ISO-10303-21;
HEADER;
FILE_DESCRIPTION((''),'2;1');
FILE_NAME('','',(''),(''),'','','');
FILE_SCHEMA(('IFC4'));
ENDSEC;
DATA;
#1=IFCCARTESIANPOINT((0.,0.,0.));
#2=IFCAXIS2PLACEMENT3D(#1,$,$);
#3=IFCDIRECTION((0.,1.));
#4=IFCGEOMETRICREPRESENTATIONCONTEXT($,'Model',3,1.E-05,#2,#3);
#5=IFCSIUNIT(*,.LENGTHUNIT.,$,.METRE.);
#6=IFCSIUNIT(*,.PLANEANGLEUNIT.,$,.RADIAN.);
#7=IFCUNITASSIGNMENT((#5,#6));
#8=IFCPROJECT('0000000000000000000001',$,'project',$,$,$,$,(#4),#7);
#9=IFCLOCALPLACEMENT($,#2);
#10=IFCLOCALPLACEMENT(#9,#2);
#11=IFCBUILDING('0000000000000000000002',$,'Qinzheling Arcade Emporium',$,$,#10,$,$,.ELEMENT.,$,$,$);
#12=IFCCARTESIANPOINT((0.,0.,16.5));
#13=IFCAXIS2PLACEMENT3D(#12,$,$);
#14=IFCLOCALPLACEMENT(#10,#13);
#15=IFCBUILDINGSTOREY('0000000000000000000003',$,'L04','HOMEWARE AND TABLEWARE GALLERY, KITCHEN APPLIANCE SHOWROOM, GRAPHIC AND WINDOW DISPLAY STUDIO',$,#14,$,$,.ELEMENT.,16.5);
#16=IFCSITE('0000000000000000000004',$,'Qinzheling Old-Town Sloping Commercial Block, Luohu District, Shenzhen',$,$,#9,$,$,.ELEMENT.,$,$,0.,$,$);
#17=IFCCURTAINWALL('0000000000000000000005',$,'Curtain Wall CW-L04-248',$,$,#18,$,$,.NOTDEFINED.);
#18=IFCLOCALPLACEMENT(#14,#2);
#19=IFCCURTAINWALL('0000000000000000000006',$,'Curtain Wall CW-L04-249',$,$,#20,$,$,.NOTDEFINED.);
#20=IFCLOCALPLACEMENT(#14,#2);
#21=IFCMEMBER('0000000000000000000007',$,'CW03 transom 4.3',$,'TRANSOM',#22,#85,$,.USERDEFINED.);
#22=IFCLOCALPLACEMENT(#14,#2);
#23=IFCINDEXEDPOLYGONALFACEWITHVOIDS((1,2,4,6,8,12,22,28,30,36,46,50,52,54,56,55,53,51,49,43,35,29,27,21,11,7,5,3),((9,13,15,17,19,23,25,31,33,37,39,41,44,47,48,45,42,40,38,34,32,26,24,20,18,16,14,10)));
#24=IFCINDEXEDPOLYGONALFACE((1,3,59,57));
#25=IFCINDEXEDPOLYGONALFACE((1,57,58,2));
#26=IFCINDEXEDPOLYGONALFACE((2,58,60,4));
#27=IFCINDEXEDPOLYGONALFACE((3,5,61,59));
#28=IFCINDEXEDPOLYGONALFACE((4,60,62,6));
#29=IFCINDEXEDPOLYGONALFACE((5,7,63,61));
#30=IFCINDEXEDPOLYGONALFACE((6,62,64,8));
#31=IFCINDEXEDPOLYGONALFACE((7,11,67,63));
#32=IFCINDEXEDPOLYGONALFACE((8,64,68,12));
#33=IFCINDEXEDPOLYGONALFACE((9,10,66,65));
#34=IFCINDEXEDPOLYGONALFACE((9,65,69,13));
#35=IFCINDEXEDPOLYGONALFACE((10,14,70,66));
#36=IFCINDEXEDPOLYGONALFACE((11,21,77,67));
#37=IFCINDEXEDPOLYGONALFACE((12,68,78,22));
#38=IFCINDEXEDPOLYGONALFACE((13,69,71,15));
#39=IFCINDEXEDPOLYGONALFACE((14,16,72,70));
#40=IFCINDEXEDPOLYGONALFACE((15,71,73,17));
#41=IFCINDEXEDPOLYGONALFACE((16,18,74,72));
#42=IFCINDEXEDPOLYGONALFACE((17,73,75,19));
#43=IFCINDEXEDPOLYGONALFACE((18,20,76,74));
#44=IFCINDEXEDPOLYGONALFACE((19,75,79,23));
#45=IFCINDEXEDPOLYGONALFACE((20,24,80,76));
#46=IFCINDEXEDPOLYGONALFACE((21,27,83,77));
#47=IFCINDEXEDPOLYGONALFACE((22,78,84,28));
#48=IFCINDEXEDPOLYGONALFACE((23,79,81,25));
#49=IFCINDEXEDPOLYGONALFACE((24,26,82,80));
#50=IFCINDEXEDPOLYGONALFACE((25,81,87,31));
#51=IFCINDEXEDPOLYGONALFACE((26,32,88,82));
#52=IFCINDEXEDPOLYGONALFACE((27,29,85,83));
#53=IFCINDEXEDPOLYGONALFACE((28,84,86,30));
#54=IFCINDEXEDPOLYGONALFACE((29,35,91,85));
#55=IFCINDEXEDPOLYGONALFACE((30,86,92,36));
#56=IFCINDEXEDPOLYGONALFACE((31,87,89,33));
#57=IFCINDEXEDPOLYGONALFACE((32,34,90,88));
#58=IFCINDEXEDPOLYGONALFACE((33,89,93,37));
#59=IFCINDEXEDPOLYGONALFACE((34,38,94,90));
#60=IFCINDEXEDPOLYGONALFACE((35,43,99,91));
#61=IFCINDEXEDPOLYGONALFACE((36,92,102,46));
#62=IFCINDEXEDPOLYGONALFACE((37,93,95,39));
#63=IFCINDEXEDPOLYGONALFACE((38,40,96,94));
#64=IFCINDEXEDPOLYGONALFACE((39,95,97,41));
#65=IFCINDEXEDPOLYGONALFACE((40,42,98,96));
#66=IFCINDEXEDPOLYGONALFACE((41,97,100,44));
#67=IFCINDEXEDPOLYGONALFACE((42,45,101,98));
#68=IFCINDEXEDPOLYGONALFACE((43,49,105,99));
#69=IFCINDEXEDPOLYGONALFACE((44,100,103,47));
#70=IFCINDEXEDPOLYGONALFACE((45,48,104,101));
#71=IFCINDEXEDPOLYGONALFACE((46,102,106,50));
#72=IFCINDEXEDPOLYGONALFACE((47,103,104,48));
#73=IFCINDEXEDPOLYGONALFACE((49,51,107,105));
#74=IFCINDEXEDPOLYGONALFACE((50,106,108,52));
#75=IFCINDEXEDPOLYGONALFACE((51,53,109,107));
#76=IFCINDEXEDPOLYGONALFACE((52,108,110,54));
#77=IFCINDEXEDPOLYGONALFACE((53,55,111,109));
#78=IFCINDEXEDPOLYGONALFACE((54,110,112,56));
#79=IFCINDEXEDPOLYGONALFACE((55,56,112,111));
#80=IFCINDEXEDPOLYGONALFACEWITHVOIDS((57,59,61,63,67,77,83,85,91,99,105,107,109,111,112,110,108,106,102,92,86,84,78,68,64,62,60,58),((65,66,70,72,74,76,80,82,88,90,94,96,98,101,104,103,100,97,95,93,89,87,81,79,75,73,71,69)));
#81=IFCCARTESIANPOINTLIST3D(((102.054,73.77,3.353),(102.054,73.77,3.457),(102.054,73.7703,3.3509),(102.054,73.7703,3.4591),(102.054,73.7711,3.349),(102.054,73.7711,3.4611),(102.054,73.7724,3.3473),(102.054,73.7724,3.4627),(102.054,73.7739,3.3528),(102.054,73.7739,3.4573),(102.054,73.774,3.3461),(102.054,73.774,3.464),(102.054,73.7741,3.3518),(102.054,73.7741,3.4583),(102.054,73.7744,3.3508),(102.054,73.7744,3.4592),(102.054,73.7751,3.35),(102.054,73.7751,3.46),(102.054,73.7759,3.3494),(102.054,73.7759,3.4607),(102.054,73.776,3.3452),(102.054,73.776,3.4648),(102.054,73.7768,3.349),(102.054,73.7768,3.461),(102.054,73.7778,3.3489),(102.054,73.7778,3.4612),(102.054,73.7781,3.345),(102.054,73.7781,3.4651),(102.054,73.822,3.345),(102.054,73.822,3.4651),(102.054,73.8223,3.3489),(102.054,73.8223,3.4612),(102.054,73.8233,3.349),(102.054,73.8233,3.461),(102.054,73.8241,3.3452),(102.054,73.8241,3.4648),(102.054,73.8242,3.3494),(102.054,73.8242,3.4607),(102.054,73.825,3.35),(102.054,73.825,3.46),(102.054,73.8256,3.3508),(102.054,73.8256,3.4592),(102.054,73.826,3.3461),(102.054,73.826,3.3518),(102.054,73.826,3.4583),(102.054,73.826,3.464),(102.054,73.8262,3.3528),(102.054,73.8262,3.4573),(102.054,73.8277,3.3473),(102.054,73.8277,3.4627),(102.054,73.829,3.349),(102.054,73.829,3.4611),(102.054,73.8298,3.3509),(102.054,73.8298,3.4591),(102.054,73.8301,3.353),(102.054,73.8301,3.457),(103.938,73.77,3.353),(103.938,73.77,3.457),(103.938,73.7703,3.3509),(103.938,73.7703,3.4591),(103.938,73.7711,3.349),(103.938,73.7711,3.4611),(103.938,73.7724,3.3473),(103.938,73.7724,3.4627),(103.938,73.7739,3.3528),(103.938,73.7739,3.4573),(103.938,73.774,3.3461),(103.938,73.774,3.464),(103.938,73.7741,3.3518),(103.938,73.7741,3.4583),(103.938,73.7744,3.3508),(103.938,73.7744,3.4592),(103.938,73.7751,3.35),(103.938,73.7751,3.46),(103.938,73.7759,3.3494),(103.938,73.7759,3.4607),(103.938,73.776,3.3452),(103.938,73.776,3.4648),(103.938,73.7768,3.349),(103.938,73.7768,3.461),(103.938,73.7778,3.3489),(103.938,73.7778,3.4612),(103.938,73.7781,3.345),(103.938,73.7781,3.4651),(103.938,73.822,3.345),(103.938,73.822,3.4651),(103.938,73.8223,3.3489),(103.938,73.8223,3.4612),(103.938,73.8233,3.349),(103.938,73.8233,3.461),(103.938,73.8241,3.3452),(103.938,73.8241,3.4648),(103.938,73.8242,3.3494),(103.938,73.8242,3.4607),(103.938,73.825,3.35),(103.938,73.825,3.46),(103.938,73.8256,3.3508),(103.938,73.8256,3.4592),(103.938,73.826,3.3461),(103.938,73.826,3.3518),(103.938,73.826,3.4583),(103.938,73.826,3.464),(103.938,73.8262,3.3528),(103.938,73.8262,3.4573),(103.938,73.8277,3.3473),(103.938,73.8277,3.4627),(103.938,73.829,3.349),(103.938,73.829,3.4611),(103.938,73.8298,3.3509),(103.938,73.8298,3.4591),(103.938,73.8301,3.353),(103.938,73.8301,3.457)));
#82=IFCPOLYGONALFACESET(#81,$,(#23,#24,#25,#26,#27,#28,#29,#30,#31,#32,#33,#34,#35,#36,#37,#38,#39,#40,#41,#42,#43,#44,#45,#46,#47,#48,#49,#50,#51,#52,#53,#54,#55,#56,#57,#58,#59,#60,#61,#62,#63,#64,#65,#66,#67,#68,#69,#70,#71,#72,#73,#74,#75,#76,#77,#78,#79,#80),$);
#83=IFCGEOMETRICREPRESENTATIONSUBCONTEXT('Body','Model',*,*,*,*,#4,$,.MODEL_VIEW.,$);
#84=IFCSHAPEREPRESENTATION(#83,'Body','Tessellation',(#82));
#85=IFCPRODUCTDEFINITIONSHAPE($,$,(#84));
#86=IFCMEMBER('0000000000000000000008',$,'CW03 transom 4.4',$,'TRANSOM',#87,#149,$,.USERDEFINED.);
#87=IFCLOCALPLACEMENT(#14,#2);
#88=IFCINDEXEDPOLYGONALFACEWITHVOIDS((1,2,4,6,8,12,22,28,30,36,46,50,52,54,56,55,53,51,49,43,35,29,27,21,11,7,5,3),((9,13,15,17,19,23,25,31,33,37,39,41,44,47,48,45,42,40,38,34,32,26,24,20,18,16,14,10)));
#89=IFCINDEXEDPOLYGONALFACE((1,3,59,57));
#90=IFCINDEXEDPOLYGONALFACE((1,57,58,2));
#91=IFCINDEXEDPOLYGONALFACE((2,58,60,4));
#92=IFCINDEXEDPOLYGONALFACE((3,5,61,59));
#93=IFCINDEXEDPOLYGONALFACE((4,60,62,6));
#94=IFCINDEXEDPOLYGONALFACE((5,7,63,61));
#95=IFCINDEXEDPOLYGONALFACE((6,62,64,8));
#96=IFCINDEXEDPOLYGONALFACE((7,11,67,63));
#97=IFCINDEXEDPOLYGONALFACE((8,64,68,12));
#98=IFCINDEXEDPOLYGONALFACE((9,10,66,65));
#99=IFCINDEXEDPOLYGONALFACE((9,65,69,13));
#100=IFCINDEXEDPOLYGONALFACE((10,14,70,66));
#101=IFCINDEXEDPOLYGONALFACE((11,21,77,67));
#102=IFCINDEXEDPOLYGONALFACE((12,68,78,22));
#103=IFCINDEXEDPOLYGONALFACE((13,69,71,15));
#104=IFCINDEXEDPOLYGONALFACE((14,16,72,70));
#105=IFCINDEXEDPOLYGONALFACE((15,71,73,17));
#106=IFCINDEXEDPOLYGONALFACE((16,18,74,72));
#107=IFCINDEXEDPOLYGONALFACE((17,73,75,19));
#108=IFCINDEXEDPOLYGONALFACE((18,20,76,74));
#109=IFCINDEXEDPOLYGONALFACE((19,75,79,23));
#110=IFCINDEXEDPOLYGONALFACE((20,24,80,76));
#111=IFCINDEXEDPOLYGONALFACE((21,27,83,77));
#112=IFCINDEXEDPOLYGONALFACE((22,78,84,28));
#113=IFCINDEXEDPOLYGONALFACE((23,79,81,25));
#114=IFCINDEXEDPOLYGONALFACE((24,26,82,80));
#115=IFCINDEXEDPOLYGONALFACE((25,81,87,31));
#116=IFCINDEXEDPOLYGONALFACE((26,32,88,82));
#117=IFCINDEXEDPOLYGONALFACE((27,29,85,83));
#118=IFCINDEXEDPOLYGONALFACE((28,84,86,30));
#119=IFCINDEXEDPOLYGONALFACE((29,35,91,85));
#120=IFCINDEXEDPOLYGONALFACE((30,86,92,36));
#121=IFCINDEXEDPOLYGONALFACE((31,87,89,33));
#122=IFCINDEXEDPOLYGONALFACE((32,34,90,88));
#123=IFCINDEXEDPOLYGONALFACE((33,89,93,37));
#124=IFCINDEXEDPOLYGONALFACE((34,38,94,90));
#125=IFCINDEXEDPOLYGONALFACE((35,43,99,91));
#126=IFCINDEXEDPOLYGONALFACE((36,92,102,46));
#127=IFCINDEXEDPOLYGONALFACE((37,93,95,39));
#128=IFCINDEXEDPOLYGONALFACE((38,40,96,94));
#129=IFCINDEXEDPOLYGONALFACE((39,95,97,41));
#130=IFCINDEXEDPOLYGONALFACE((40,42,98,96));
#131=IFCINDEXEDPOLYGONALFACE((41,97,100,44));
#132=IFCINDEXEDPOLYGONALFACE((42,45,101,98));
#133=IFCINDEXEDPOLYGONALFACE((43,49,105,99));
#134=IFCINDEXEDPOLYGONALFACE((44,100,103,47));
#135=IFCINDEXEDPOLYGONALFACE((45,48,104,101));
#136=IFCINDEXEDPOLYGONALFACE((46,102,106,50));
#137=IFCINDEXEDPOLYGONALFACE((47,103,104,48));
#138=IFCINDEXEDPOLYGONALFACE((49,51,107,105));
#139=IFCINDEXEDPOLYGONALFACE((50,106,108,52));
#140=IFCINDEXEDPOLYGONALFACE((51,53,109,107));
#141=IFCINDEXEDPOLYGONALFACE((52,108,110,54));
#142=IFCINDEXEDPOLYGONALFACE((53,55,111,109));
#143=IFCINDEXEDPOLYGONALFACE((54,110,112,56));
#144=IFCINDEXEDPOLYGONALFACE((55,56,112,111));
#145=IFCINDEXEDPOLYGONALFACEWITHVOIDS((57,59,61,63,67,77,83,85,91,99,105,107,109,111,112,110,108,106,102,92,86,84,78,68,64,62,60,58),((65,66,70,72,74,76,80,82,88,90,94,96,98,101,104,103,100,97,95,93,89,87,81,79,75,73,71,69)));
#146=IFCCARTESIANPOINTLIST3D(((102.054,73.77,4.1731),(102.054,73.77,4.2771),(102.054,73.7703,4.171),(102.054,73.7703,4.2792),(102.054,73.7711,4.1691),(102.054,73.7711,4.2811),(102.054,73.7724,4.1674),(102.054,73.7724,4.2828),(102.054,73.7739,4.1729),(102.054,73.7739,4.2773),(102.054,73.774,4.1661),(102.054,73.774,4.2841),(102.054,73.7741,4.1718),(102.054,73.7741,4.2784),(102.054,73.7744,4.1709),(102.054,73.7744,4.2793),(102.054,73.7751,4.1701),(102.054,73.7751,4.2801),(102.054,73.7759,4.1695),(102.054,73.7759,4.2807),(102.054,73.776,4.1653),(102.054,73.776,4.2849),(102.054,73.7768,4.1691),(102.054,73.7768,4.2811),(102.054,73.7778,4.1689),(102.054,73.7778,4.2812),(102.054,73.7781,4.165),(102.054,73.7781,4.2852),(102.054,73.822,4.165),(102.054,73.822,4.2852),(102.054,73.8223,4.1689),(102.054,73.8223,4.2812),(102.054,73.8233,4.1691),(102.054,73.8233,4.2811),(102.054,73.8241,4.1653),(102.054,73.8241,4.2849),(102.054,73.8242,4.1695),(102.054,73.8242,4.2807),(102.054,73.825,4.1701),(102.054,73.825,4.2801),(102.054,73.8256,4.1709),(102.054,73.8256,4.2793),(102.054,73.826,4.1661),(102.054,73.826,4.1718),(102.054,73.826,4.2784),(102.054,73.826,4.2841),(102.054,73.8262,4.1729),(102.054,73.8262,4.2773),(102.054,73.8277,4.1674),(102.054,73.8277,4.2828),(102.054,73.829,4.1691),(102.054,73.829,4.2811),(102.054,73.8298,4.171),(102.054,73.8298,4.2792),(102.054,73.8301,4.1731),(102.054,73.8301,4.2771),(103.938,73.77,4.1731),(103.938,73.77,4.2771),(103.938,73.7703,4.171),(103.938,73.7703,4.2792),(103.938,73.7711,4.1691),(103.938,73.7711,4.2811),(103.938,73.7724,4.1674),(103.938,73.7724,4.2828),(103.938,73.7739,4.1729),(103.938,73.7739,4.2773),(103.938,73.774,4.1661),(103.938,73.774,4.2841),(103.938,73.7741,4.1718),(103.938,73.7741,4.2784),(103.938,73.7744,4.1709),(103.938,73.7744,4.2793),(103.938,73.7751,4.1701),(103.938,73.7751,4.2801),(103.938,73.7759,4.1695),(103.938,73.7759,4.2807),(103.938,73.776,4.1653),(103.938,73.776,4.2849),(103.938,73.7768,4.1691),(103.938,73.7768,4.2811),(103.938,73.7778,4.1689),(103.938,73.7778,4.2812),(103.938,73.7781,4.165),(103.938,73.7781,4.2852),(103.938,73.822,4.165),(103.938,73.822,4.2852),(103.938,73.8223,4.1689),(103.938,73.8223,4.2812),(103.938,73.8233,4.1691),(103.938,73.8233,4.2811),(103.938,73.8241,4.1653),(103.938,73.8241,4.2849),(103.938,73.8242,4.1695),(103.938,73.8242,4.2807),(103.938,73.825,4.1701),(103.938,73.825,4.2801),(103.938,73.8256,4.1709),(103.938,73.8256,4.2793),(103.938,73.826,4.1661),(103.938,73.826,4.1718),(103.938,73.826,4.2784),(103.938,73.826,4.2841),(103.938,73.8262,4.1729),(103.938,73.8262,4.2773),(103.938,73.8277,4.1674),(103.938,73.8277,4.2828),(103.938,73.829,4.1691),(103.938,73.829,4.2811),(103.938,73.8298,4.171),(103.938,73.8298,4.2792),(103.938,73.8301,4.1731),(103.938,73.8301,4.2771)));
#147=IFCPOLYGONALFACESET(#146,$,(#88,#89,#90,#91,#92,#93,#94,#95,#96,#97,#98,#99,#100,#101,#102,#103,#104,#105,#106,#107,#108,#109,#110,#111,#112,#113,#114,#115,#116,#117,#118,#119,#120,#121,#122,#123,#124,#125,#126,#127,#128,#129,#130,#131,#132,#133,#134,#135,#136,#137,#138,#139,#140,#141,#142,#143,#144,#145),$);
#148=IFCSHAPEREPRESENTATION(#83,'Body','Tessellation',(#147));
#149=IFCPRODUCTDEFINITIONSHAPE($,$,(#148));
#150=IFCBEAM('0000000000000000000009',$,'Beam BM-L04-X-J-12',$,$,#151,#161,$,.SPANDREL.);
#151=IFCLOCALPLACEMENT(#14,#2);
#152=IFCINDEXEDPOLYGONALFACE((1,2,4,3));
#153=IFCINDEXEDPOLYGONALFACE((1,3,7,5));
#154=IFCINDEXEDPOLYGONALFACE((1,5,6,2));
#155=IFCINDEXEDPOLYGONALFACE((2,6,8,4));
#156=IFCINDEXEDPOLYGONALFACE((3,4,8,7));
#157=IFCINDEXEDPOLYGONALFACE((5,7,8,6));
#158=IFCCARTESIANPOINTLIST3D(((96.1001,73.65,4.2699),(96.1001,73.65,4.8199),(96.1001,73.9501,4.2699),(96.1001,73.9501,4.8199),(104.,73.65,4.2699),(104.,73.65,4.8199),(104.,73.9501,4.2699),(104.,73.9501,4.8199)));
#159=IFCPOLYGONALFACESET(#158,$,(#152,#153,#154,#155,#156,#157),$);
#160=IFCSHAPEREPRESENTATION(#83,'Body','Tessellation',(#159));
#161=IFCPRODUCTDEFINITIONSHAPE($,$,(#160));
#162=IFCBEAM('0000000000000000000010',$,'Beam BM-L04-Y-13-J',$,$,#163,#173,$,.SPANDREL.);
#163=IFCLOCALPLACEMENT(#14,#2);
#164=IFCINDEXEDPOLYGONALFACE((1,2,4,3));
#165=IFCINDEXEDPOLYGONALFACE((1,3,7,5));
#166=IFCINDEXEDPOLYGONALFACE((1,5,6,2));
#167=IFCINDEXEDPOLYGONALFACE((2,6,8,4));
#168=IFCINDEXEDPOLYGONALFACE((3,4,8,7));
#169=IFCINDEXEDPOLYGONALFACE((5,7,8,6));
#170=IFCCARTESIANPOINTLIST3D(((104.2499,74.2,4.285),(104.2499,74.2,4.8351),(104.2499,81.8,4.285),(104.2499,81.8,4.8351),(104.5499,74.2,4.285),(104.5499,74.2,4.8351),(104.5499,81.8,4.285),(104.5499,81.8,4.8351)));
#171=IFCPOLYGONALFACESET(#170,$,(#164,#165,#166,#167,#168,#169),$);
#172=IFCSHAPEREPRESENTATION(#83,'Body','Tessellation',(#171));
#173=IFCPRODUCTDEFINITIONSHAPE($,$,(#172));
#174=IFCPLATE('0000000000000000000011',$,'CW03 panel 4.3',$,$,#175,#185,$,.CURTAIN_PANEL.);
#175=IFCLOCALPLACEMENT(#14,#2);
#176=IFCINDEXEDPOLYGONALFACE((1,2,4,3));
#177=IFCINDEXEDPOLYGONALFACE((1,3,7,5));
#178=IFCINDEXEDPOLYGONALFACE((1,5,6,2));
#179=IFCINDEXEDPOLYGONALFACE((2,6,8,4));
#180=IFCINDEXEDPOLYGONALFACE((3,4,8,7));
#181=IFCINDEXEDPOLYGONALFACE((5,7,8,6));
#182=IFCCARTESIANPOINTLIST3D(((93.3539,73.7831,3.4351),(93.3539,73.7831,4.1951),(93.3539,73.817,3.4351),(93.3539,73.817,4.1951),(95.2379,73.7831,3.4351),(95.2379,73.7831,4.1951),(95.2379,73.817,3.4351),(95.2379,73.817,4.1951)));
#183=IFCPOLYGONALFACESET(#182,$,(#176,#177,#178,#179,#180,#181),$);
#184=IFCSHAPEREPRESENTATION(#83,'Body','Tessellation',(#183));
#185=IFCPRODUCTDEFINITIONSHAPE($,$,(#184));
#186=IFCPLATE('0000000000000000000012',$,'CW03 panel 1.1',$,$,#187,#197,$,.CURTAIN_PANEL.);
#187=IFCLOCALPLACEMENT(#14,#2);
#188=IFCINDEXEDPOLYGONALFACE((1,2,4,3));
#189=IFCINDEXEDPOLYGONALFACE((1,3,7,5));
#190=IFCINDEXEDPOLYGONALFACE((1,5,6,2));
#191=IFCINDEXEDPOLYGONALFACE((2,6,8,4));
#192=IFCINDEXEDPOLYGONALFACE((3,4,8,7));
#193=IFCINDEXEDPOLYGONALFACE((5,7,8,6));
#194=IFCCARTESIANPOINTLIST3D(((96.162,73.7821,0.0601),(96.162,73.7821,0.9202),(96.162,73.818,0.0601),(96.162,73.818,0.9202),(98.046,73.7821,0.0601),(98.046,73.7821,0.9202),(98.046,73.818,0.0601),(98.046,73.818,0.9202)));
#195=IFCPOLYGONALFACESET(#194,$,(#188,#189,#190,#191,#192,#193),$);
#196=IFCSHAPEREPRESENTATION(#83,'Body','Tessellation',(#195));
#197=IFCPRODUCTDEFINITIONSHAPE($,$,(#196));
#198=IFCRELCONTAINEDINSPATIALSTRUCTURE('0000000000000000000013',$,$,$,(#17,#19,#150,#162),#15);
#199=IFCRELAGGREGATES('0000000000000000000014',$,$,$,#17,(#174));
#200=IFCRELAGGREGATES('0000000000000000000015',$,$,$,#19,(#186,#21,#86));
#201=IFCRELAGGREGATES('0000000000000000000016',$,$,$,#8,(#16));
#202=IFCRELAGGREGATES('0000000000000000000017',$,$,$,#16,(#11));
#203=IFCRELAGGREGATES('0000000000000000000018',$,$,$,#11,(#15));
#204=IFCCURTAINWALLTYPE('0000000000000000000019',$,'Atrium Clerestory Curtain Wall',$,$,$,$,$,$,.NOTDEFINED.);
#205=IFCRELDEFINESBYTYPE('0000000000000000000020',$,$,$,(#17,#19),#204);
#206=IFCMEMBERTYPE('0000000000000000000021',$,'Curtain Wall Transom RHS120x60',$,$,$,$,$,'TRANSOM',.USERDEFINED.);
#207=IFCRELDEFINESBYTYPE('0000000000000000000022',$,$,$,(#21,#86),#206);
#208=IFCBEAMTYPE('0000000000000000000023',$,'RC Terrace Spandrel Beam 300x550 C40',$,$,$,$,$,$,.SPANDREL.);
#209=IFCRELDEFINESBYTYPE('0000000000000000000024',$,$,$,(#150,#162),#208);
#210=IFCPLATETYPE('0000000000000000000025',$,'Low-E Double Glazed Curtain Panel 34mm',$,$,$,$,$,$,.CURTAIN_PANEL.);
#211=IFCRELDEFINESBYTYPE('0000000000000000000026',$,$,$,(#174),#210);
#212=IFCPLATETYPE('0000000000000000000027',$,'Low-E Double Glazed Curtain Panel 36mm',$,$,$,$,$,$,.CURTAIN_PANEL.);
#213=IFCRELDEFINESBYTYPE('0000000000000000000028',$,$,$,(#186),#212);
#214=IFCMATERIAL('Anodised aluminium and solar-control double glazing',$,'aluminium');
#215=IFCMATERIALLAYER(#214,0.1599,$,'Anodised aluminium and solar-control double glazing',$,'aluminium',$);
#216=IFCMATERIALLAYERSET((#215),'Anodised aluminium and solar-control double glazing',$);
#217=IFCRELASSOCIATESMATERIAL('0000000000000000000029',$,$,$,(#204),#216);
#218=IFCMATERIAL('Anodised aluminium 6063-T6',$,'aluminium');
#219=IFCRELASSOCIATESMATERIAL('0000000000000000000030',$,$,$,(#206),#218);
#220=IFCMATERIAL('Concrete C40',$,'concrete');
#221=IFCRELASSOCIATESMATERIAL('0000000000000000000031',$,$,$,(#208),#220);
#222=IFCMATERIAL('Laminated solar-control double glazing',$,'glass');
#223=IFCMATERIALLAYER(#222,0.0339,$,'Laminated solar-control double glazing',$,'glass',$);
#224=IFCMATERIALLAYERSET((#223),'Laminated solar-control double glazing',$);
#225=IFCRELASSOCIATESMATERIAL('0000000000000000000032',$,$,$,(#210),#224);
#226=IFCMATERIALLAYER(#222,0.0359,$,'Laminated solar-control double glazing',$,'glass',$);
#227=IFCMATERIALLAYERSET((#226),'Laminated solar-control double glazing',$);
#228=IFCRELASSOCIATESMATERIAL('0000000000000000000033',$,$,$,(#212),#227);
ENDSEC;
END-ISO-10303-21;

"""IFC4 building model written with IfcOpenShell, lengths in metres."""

from ifc_helpers import new_model, si_unit, direction, frame, origin, origin_2d, place, context, subcontext, project, spatial, rectangle, hollow_rectangle, extrude, material, layer, layer_set, material_profile, profile_set, type_object, element, aggregate, save


model = new_model("IFC4")

# Units and contexts
model_context = context("Model", 3, precision=1e-05, world=origin(), true_north=direction((0.0, 1.0)))
body_context = subcontext(model_context, "Body", "Model", "MODEL_VIEW")
ifc_project = project(units=[si_unit("LENGTHUNIT", "METRE"), si_unit("PLANEANGLEUNIT", "RADIAN")], contexts=[model_context])

# Site, building, storey
site_placement = place(None, origin())
site = spatial("IfcSite", under=ifc_project, at=site_placement, Name="Qinzheling Old-Town Sloping Commercial Block, Luohu District, Shenzhen", CompositionType="ELEMENT", RefElevation=0.0)
building_placement = place(site_placement, origin())
building = spatial("IfcBuilding", under=site, at=building_placement, Name="Qinzheling Arcade Emporium", CompositionType="ELEMENT")
storey_placement = place(building_placement, frame((0.0, 0.0, 16.5)))
storey = spatial("IfcBuildingStorey", under=building, at=storey_placement, Name="L04", Description="HOMEWARE AND TABLEWARE GALLERY, KITCHEN APPLIANCE SHOWROOM, GRAPHIC AND WINDOW DISPLAY STUDIO", CompositionType="ELEMENT", Elevation=16.5)

# Shared definitions
ifc_material_1 = material(Name="Concrete C40", Category="concrete")

# Curtain wall
ifc_material_2 = material(Name="Anodised aluminium and solar-control double glazing", Category="aluminium")
ifc_layer_1 = layer(ifc_material_2, 0.1599, Name="Anodised aluminium and solar-control double glazing", Category="aluminium")
ifc_layer_set_1 = layer_set([ifc_layer_1], Name="Anodised aluminium and solar-control double glazing")
curtain_wall_type = type_object("IfcCurtainWallType", Name="Atrium Clerestory Curtain Wall", PredefinedType="NOTDEFINED", material=ifc_layer_set_1)
curtain_wall_1_placement = place(storey_placement, origin())
curtain_wall_1 = element("IfcCurtainWall", 1, at=curtain_wall_1_placement, inside=storey, type_object=curtain_wall_type, Name="Curtain Wall CW-L04-248", PredefinedType="NOTDEFINED")
ifc_material_3 = material(Name="Anodised aluminium 6063-T6", Category="aluminium")

# Curtain wall, members
curtain_wall_2_placement = place(storey_placement, origin())
curtain_wall_2 = element("IfcCurtainWall", 2, at=curtain_wall_2_placement, inside=storey, type_object=curtain_wall_type, Name="Curtain Wall CW-L04-249", PredefinedType="NOTDEFINED")
ifc_material_profile_1 = material_profile(ifc_material_3, hollow_rectangle(XDim=0.0601, YDim=0.1201, WallThickness=0.0039, InnerFilletRadius=0.0039, OuterFilletRadius=0.0081, at=origin_2d()), Name="RHS 120x60x4", Category="aluminium")
ifc_profile_set_1 = profile_set([ifc_material_profile_1], Name="Anodised aluminium 6063-T6")
member_type_1 = type_object("IfcMemberType", Name="Curtain Wall Transom RHS120x60", ElementType="TRANSOM", PredefinedType="USERDEFINED", material=ifc_profile_set_1)
member_1_placement = place(storey_placement, frame((102.054, 73.8, 3.405), z_axis=(1.0, 0.0, 0.0), x_axis=(0.0, 1.0, 0.0)))
member_1 = element("IfcMember", 3, at=member_1_placement, type_object=member_type_1, Name="CW03 transom 4.3", ObjectType="TRANSOM", PredefinedType="USERDEFINED", context=body_context, shape_type="SweptSolid", body=[
    extrude(hollow_rectangle(XDim=0.0601, YDim=0.1201, WallThickness=0.0039, InnerFilletRadius=0.0039, OuterFilletRadius=0.0081, at=origin_2d()), origin(), (0.0, 0.0, 1.0), 1.884),
])
member_2_placement = place(storey_placement, frame((102.054, 73.8, 4.2251), z_axis=(1.0, 0.0, 0.0), x_axis=(0.0, 1.0, 0.0)))
member_2 = element("IfcMember", 4, at=member_2_placement, type_object=member_type_1, Name="CW03 transom 4.4", ObjectType="TRANSOM", PredefinedType="USERDEFINED", context=body_context, shape_type="SweptSolid", body=[
    extrude(hollow_rectangle(XDim=0.0601, YDim=0.1201, WallThickness=0.0039, InnerFilletRadius=0.0039, OuterFilletRadius=0.0081, at=origin_2d()), origin(), (0.0, 0.0, 1.0), 1.884),
])

# Beams
ifc_material_profile_2 = material_profile(ifc_material_1, rectangle(XDim=0.3, YDim=0.55, at=origin_2d()), Name="RC 300x550", Category="concrete")
ifc_profile_set_2 = profile_set([ifc_material_profile_2], Name="Concrete C40")
beam_type = type_object("IfcBeamType", Name="RC Terrace Spandrel Beam 300x550 C40", PredefinedType="SPANDREL", material=ifc_profile_set_2)
beam_1_placement = place(storey_placement, frame((96.1001, 73.8, 4.5449), z_axis=(1.0, 0.0, 0.0), x_axis=(0.0, 1.0, 0.0)))
element("IfcBeam", 5, at=beam_1_placement, inside=storey, type_object=beam_type, Name="Beam BM-L04-X-J-12", PredefinedType="SPANDREL", context=body_context, shape_type="SweptSolid", body=[
    extrude(rectangle(XDim=0.3, YDim=0.55, at=origin_2d()), origin(), (0.0, 0.0, 1.0), 7.8999),
])
beam_2_placement = place(storey_placement, frame((104.3999, 74.2, 4.5601), z_axis=(0.0, 1.0, 0.0), x_axis=(-1.0, 0.0, 0.0)))
element("IfcBeam", 6, at=beam_2_placement, inside=storey, type_object=beam_type, Name="Beam BM-L04-Y-13-J", PredefinedType="SPANDREL", context=body_context, shape_type="SweptSolid", body=[
    extrude(rectangle(XDim=0.3, YDim=0.55, at=origin_2d()), origin(), (0.0, 0.0, 1.0), 7.6001),
])

# Plates
ifc_material_4 = material(Name="Laminated solar-control double glazing", Category="glass")
ifc_layer_2 = layer(ifc_material_4, 0.0339, Name="Laminated solar-control double glazing", Category="glass")
ifc_layer_set_2 = layer_set([ifc_layer_2], Name="Laminated solar-control double glazing")
plate_type_1 = type_object("IfcPlateType", Name="Low-E Double Glazed Curtain Panel 34mm", PredefinedType="CURTAIN_PANEL", material=ifc_layer_set_2)
plate_1_placement = place(storey_placement, frame((94.2959, 73.8, 3.4351), z_axis=(0.0, 0.0, 1.0), x_axis=(1.0, 0.0, 0.0)))
plate_1 = element("IfcPlate", 7, at=plate_1_placement, type_object=plate_type_1, Name="CW03 panel 4.3", PredefinedType="CURTAIN_PANEL", context=body_context, shape_type="SweptSolid", body=[
    extrude(rectangle(XDim=1.884, YDim=0.0339, at=origin_2d()), origin(), (0.0, 0.0, 1.0), 0.76),
])
aggregate(curtain_wall_1, [plate_1])
ifc_layer_3 = layer(ifc_material_4, 0.0359, Name="Laminated solar-control double glazing", Category="glass")
ifc_layer_set_3 = layer_set([ifc_layer_3], Name="Laminated solar-control double glazing")
plate_type_2 = type_object("IfcPlateType", Name="Low-E Double Glazed Curtain Panel 36mm", PredefinedType="CURTAIN_PANEL", material=ifc_layer_set_3)
plate_2_placement = place(storey_placement, frame((97.104, 73.8, 0.0601), z_axis=(0.0, 0.0, 1.0), x_axis=(1.0, 0.0, 0.0)))
plate_2 = element("IfcPlate", 8, at=plate_2_placement, type_object=plate_type_2, Name="CW03 panel 1.1", PredefinedType="CURTAIN_PANEL", context=body_context, shape_type="SweptSolid", body=[
    extrude(rectangle(XDim=1.884, YDim=0.0359, at=origin_2d()), origin(), (0.0, 0.0, 1.0), 0.8601),
])
aggregate(curtain_wall_2, [plate_2, member_1, member_2])

save(model, "model.ifc")
